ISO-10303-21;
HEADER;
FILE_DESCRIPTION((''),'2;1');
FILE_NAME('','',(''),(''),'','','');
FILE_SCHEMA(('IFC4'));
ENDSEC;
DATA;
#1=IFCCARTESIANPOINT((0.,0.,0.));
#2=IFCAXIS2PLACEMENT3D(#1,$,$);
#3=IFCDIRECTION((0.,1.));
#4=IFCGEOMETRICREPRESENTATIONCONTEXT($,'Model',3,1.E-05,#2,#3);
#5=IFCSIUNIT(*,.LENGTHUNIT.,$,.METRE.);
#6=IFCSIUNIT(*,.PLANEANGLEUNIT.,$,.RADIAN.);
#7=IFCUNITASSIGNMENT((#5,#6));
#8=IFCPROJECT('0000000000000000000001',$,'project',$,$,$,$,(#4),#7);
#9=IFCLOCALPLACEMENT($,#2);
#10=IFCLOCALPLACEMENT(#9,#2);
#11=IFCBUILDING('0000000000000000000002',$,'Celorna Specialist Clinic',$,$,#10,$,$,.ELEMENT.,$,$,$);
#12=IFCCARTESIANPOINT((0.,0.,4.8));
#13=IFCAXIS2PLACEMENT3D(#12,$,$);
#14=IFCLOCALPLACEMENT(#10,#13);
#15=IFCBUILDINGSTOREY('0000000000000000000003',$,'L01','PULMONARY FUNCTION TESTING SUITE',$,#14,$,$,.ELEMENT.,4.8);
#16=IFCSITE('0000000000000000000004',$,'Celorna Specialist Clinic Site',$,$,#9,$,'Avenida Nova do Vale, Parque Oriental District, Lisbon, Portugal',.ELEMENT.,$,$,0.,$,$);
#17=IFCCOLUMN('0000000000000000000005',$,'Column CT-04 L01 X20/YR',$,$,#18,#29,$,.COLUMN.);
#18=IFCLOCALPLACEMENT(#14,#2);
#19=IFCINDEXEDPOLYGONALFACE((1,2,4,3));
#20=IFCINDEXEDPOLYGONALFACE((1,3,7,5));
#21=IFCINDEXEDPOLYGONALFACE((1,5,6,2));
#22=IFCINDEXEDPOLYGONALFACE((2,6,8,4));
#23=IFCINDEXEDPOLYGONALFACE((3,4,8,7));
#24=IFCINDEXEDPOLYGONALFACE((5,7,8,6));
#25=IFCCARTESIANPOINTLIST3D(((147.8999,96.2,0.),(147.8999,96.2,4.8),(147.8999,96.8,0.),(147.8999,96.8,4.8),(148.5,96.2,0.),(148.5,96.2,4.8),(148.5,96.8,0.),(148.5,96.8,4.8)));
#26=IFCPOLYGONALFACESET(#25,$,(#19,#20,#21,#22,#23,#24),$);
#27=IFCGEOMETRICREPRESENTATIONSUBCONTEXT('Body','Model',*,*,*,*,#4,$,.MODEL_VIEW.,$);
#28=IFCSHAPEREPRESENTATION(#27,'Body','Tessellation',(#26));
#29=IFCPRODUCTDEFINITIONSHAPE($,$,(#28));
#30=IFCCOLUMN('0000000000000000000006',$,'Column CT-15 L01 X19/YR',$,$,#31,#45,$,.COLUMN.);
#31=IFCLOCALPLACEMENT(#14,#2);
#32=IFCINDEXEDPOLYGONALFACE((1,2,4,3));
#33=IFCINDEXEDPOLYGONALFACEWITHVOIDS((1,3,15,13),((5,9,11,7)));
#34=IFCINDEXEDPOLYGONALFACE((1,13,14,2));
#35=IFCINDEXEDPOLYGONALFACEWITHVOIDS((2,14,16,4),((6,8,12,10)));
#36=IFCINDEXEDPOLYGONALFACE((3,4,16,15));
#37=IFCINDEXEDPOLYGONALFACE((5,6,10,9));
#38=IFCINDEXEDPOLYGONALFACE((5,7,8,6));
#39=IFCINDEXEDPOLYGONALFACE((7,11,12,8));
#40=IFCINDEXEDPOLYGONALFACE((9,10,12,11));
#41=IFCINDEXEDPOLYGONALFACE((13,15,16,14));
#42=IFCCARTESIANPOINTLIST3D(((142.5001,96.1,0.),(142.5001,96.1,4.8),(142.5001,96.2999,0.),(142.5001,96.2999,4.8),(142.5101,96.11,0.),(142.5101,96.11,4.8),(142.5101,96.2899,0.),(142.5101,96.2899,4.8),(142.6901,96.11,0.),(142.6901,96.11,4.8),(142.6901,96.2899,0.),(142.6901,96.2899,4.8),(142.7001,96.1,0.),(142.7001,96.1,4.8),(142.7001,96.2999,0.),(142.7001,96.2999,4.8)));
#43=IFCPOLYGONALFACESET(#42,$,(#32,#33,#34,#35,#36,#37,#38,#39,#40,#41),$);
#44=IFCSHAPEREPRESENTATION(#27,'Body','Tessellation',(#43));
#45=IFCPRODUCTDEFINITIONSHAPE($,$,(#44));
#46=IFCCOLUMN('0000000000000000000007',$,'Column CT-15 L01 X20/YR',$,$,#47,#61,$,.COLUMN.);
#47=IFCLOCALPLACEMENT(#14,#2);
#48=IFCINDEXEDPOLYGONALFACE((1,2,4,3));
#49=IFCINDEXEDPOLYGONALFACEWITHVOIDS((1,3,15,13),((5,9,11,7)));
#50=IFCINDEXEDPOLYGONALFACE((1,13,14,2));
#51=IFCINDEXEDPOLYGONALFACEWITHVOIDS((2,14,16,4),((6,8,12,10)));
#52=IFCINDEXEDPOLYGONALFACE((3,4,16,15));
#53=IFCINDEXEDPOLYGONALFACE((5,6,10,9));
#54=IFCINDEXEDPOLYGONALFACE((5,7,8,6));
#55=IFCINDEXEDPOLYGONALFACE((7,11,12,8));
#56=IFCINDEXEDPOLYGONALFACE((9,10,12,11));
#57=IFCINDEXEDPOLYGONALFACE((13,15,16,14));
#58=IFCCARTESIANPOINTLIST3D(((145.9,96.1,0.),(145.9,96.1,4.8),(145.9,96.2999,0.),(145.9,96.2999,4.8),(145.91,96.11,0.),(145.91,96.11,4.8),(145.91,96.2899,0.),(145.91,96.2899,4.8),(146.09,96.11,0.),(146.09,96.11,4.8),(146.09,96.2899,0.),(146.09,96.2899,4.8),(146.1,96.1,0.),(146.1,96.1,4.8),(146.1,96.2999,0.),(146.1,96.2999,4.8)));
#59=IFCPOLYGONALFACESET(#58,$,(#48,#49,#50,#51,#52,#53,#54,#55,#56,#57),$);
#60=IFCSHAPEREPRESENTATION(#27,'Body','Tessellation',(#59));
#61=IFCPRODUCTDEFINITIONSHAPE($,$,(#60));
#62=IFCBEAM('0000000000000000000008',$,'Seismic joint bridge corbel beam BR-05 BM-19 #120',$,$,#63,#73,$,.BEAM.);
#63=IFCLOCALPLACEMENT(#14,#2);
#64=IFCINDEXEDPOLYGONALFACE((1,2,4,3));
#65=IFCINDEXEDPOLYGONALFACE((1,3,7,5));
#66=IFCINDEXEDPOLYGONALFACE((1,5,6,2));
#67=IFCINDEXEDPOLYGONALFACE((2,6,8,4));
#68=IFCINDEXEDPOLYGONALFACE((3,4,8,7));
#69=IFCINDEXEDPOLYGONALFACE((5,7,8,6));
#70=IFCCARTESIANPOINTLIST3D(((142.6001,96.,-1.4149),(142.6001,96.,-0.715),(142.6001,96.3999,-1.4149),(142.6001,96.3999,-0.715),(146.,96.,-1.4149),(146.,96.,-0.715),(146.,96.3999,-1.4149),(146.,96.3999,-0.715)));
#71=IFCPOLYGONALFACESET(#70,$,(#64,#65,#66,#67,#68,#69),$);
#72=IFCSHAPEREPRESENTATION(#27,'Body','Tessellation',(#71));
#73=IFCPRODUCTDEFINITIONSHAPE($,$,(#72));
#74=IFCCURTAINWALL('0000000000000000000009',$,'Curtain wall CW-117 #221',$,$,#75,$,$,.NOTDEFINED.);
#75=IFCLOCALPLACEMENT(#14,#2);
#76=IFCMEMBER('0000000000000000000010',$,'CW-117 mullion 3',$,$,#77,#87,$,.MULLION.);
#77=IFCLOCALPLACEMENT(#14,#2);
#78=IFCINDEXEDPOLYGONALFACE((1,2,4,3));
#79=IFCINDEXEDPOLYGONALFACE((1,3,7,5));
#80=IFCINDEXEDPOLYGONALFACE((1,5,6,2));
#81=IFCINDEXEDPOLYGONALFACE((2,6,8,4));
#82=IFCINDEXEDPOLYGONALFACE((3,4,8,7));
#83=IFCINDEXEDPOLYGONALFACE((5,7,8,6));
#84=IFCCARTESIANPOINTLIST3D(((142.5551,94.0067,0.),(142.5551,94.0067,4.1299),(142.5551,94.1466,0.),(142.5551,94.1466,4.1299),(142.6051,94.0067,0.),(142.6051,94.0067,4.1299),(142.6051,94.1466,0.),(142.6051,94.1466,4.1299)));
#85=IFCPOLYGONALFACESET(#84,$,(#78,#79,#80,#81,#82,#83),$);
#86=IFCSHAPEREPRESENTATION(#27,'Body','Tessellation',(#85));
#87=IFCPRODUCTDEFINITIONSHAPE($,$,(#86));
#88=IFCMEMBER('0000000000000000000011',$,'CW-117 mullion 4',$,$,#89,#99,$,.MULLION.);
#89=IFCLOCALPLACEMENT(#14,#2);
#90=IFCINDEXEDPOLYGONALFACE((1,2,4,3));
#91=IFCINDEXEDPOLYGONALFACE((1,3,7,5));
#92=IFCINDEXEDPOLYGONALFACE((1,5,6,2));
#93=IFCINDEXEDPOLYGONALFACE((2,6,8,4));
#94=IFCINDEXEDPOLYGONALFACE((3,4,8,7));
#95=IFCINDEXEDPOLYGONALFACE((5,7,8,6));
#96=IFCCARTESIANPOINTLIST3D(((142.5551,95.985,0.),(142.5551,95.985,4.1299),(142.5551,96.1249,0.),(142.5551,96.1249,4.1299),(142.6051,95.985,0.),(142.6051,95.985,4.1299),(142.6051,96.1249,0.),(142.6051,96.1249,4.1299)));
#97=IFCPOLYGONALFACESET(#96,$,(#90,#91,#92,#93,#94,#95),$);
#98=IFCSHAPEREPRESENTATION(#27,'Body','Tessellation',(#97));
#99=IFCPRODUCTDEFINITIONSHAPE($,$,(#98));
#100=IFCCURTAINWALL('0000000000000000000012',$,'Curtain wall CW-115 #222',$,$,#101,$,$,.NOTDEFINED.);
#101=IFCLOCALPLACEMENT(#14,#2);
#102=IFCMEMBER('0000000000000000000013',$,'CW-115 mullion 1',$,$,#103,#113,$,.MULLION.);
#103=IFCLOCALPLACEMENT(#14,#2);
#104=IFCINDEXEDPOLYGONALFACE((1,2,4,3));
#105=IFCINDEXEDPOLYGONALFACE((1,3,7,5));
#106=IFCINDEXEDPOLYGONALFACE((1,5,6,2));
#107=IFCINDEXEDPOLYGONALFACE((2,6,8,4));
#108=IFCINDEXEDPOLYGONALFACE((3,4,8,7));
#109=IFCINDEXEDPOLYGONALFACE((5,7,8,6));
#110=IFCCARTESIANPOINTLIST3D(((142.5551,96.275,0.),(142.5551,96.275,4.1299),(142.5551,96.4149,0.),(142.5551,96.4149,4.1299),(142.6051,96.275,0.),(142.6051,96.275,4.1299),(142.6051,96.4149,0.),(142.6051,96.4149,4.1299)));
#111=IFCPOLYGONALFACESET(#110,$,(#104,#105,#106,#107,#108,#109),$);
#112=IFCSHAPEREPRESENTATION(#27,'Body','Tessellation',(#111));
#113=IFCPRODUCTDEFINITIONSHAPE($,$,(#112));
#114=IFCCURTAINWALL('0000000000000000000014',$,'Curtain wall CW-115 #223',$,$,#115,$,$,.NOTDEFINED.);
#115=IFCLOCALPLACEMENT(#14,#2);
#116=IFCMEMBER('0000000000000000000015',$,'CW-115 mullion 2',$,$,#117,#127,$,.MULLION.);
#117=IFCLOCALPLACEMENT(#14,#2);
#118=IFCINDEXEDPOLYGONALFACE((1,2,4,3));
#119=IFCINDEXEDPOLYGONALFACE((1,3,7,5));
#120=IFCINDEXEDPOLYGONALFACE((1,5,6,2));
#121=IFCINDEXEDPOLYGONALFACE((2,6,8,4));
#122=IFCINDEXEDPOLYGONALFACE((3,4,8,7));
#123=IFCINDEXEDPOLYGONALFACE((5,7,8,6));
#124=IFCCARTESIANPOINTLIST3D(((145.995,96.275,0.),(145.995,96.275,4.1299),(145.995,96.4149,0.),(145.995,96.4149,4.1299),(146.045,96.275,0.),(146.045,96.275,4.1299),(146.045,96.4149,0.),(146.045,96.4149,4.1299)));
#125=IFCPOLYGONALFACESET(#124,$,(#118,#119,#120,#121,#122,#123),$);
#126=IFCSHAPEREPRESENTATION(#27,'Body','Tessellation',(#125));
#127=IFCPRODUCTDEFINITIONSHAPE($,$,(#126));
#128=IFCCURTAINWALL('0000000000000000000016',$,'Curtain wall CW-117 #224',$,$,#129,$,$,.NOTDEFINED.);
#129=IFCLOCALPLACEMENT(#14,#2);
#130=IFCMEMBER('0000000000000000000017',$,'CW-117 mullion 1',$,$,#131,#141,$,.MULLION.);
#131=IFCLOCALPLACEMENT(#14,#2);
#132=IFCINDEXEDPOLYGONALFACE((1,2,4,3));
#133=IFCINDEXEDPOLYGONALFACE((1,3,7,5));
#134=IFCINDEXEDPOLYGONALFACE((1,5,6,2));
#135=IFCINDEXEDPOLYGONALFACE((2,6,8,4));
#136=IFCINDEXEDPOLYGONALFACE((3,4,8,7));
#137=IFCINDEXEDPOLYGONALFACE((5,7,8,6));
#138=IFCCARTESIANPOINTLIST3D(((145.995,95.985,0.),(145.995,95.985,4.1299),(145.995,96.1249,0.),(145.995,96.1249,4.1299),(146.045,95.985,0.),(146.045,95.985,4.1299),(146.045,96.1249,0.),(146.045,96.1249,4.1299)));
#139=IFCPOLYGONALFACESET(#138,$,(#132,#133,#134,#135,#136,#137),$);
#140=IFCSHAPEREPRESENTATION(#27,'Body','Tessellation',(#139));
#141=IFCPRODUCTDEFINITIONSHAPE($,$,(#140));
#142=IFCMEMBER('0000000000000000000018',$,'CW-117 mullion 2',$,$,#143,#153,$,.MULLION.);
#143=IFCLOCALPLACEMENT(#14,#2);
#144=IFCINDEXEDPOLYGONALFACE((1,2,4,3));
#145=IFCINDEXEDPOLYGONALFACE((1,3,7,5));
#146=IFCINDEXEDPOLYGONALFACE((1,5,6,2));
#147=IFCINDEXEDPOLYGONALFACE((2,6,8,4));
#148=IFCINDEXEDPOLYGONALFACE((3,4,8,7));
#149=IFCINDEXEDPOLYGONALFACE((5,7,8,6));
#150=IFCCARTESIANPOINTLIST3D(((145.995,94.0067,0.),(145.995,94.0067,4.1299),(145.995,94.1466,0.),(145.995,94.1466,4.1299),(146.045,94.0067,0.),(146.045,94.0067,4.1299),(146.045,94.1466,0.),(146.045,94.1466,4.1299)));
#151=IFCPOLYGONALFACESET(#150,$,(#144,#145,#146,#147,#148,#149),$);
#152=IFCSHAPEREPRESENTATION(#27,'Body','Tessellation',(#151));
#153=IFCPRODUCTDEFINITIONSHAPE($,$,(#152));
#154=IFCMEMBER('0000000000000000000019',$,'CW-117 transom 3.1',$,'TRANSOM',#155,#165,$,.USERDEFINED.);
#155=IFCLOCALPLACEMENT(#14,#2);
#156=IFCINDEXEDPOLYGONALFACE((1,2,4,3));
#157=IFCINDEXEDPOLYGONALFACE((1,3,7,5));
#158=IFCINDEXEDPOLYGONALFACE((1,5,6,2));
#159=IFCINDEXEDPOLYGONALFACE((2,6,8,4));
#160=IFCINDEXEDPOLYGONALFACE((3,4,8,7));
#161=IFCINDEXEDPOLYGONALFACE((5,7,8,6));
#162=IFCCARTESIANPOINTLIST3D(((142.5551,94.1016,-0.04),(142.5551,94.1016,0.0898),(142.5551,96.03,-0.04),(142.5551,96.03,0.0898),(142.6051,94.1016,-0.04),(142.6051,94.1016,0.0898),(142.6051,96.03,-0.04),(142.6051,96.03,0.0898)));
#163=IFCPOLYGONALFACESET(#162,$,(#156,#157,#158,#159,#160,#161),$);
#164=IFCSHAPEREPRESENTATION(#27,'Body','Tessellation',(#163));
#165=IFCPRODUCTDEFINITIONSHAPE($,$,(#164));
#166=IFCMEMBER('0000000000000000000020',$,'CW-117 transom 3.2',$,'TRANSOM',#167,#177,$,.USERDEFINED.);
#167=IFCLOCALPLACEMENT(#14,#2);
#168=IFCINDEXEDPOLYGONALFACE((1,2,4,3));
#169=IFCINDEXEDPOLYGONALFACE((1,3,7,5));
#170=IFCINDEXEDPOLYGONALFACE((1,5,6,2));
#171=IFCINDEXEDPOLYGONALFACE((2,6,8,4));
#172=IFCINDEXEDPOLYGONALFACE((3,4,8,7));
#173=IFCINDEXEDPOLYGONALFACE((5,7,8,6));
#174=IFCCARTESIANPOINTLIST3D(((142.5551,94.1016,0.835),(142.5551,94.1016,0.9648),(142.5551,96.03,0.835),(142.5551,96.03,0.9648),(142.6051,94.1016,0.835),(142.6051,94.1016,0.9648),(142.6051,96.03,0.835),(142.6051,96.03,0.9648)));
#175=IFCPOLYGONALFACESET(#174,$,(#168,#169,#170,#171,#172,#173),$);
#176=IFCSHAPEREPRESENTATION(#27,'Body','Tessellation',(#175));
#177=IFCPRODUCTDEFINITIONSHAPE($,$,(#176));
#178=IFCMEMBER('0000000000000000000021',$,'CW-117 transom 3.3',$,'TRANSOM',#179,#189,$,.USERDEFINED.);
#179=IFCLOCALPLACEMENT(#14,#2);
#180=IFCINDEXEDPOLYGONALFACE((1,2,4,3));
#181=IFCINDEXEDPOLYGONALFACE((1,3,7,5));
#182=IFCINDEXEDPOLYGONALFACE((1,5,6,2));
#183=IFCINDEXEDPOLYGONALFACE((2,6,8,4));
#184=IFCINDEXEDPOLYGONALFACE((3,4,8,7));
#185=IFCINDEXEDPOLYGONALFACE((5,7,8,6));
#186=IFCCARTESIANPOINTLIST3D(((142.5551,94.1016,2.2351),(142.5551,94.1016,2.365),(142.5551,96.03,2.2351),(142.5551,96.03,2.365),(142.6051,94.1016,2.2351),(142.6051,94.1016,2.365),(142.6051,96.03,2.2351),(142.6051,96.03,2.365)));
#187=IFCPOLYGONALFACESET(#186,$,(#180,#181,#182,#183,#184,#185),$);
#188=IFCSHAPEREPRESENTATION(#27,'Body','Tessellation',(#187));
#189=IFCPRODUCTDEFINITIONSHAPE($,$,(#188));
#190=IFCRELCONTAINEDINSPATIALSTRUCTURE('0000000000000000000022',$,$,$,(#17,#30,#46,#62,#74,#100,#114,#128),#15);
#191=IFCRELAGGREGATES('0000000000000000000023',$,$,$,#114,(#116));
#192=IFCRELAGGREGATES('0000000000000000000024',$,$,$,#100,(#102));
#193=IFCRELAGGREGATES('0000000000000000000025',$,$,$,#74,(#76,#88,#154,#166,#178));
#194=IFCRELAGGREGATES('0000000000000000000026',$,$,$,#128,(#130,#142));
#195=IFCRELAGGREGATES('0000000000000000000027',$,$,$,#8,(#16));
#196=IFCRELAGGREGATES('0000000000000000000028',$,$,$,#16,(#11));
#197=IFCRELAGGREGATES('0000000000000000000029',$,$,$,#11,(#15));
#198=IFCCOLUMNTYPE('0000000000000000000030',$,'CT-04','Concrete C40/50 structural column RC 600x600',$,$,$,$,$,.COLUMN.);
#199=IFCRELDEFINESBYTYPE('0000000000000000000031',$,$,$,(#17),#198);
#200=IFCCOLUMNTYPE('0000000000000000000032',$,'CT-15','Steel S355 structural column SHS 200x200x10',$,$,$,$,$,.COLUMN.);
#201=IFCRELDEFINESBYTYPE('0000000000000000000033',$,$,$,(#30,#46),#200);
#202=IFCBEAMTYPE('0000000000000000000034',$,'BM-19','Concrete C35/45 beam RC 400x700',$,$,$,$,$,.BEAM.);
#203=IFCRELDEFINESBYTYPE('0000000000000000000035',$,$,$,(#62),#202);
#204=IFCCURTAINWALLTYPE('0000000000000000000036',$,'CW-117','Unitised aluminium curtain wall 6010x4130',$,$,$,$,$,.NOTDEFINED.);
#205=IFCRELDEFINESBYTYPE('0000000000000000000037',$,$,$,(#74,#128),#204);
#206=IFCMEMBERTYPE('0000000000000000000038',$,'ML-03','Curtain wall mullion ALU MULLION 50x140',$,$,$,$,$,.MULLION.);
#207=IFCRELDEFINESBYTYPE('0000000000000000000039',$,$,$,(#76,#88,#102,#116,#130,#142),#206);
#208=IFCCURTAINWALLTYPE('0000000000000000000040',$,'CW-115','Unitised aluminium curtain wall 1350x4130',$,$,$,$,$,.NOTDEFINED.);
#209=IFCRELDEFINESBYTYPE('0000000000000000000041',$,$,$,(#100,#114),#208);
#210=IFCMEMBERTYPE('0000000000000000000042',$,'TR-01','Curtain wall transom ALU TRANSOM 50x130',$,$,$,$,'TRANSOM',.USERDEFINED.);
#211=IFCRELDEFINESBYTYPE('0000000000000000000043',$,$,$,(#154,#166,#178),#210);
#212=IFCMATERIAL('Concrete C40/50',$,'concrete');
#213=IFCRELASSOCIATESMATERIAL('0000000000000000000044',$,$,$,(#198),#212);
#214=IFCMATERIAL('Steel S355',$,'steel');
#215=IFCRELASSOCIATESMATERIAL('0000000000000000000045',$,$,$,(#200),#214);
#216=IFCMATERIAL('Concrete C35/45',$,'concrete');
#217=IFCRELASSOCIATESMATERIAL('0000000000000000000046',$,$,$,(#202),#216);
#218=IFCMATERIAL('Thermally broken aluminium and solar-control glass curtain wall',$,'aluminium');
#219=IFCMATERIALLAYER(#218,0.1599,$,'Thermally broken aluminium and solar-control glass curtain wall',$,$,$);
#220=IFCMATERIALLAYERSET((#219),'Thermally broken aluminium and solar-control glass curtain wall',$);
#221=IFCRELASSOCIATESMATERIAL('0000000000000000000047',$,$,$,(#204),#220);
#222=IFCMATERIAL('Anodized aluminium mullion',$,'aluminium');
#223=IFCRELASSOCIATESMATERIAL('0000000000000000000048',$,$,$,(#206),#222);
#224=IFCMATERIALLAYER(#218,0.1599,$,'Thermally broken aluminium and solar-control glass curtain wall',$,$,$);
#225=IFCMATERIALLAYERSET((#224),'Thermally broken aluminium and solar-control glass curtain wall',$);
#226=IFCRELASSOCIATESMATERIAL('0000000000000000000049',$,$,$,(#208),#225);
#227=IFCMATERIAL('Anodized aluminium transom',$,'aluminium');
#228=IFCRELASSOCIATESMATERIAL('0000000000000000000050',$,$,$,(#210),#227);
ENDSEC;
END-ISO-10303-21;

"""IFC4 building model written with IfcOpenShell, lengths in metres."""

from ifc_helpers import new_model, si_unit, direction, frame, origin, origin_2d, place, context, subcontext, project, spatial, rectangle, hollow_rectangle, extrude, material, layer, layer_set, material_profile, profile_set, type_object, element, aggregate, save


model = new_model("IFC4")

# Units and contexts
model_context = context("Model", 3, precision=1e-05, world=origin(), true_north=direction((0.0, 1.0)))
body_context = subcontext(model_context, "Body", "Model", "MODEL_VIEW")
ifc_project = project(units=[si_unit("LENGTHUNIT", "METRE"), si_unit("PLANEANGLEUNIT", "RADIAN")], contexts=[model_context])

# Site, building, storey
site_placement = place(None, origin())
site = spatial("IfcSite", under=ifc_project, at=site_placement, Name="Celorna Specialist Clinic Site", LongName="Avenida Nova do Vale, Parque Oriental District, Lisbon, Portugal", CompositionType="ELEMENT", RefElevation=0.0)
building_placement = place(site_placement, origin())
building = spatial("IfcBuilding", under=site, at=building_placement, Name="Celorna Specialist Clinic", CompositionType="ELEMENT")
storey_placement = place(building_placement, frame((0.0, 0.0, 4.8)))
storey = spatial("IfcBuildingStorey", under=building, at=storey_placement, Name="L01", Description="PULMONARY FUNCTION TESTING SUITE", CompositionType="ELEMENT", Elevation=4.8)

# Columns
ifc_material_1 = material(Name="Concrete C40/50", Category="concrete")
ifc_material_profile_1 = material_profile(ifc_material_1, rectangle(XDim=0.6001, YDim=0.6001, at=origin_2d()), Name="RC 600x600")
ifc_profile_set_1 = profile_set([ifc_material_profile_1], Name="Concrete C40/50")
column_type_1 = type_object("IfcColumnType", Name="CT-04", Description="Concrete C40/50 structural column RC 600x600", PredefinedType="COLUMN", material=ifc_profile_set_1)
column_placement = place(storey_placement, frame((148.2, 96.5, 0.0), z_axis=(0.0, 0.0, 1.0), x_axis=(1.0, 0.0, 0.0)))
element("IfcColumn", 1, at=column_placement, inside=storey, type_object=column_type_1, Name="Column CT-04 L01 X20/YR", PredefinedType="COLUMN", context=body_context, shape_type="SweptSolid", body=[
    extrude(rectangle(XDim=0.6001, YDim=0.6001, at=origin_2d()), origin(), (0.0, 0.0, 1.0), 4.8),
])
ifc_material_2 = material(Name="Steel S355", Category="steel")
ifc_material_profile_2 = material_profile(ifc_material_2, hollow_rectangle(XDim=0.2, YDim=0.2, WallThickness=0.01, at=origin_2d()), Name="SHS 200x200x10")
ifc_profile_set_2 = profile_set([ifc_material_profile_2], Name="Steel S355")
column_type_2 = type_object("IfcColumnType", Name="CT-15", Description="Steel S355 structural column SHS 200x200x10", PredefinedType="COLUMN", material=ifc_profile_set_2)
for number, where, z_axis, x_axis, name in (
    (2, (142.6001, 96.2, 0.0), (0.0, 0.0, 1.0), (1.0, 0.0, 0.0), "Column CT-15 L01 X19/YR"),
    (3, (146.0, 96.2, 0.0), (0.0, 0.0, 1.0), (1.0, 0.0, 0.0), "Column CT-15 L01 X20/YR"),
):
    element("IfcColumn", number, at=place(storey_placement, frame(where, z_axis=z_axis, x_axis=x_axis)), inside=storey, type_object=column_type_2, Name=name, PredefinedType="COLUMN", context=body_context, shape_type="SweptSolid", body=[
        extrude(hollow_rectangle(XDim=0.2, YDim=0.2, WallThickness=0.01, at=origin_2d()), origin(), (0.0, 0.0, 1.0), 4.8),
    ])

# Beam
ifc_material_3 = material(Name="Concrete C35/45", Category="concrete")
ifc_material_profile_3 = material_profile(ifc_material_3, rectangle(XDim=0.3999, YDim=0.7, at=origin_2d()), Name="RC 400x700")
ifc_profile_set_3 = profile_set([ifc_material_profile_3], Name="Concrete C35/45")
beam_type = type_object("IfcBeamType", Name="BM-19", Description="Concrete C35/45 beam RC 400x700", PredefinedType="BEAM", material=ifc_profile_set_3)
beam_placement = place(storey_placement, frame((142.6001, 96.2, -1.0649), z_axis=(1.0, 0.0, 0.0), x_axis=(0.0, 1.0, 0.0)))
element("IfcBeam", 4, at=beam_placement, inside=storey, type_object=beam_type, Name="Seismic joint bridge corbel beam BR-05 BM-19 #120", PredefinedType="BEAM", context=body_context, shape_type="SweptSolid", body=[
    extrude(rectangle(XDim=0.3999, YDim=0.7, at=origin_2d()), origin(), (0.0, 0.0, 1.0), 3.3999),
])

# Curtain wall, members
ifc_material_4 = material(Name="Thermally broken aluminium and solar-control glass curtain wall", Category="aluminium")
ifc_layer_1 = layer(ifc_material_4, 0.1599, Name="Thermally broken aluminium and solar-control glass curtain wall")
ifc_layer_set_1 = layer_set([ifc_layer_1], Name="Thermally broken aluminium and solar-control glass curtain wall")
curtain_wall_type_1 = type_object("IfcCurtainWallType", Name="CW-117", Description="Unitised aluminium curtain wall 6010x4130", PredefinedType="NOTDEFINED", material=ifc_layer_set_1)
curtain_wall_1_placement = place(storey_placement, origin())
curtain_wall_1 = element("IfcCurtainWall", 5, at=curtain_wall_1_placement, inside=storey, type_object=curtain_wall_type_1, Name="Curtain wall CW-117 #221", PredefinedType="NOTDEFINED")
ifc_material_5 = material(Name="Anodized aluminium mullion", Category="aluminium")
ifc_material_profile_4 = material_profile(ifc_material_5, rectangle(XDim=0.05, YDim=0.1399, at=origin_2d()), Name="ALU MULLION 50x140")
ifc_profile_set_4 = profile_set([ifc_material_profile_4], Name="Anodized aluminium mullion")
member_type_1 = type_object("IfcMemberType", Name="ML-03", Description="Curtain wall mullion ALU MULLION 50x140", PredefinedType="MULLION", material=ifc_profile_set_4)
member_1_placement = place(storey_placement, frame((142.5801, 94.0767, 0.0), z_axis=(0.0, 0.0, 1.0), x_axis=(-1.0, 0.0, 0.0)))
member_1 = element("IfcMember", 6, at=member_1_placement, type_object=member_type_1, Name="CW-117 mullion 3", PredefinedType="MULLION", context=body_context, shape_type="SweptSolid", body=[
    extrude(rectangle(XDim=0.05, YDim=0.1399, at=origin_2d()), origin(), (0.0, 0.0, 1.0), 4.1299),
])
member_2_placement = place(storey_placement, frame((142.5801, 96.0549, 0.0), z_axis=(0.0, 0.0, 1.0), x_axis=(-1.0, 0.0, 0.0)))
member_2 = element("IfcMember", 7, at=member_2_placement, type_object=member_type_1, Name="CW-117 mullion 4", PredefinedType="MULLION", context=body_context, shape_type="SweptSolid", body=[
    extrude(rectangle(XDim=0.05, YDim=0.1399, at=origin_2d()), origin(), (0.0, 0.0, 1.0), 4.1299),
])

# Curtain walls, members
ifc_layer_2 = layer(ifc_material_4, 0.1599, Name="Thermally broken aluminium and solar-control glass curtain wall")
ifc_layer_set_2 = layer_set([ifc_layer_2], Name="Thermally broken aluminium and solar-control glass curtain wall")
curtain_wall_type_2 = type_object("IfcCurtainWallType", Name="CW-115", Description="Unitised aluminium curtain wall 1350x4130", PredefinedType="NOTDEFINED", material=ifc_layer_set_2)
curtain_wall_2_placement = place(storey_placement, origin())
curtain_wall_2 = element("IfcCurtainWall", 8, at=curtain_wall_2_placement, inside=storey, type_object=curtain_wall_type_2, Name="Curtain wall CW-115 #222", PredefinedType="NOTDEFINED")
member_3_placement = place(storey_placement, frame((142.5801, 96.345, 0.0), z_axis=(0.0, 0.0, 1.0), x_axis=(-1.0, 0.0, 0.0)))
member_3 = element("IfcMember", 9, at=member_3_placement, type_object=member_type_1, Name="CW-115 mullion 1", PredefinedType="MULLION", context=body_context, shape_type="SweptSolid", body=[
    extrude(rectangle(XDim=0.05, YDim=0.1399, at=origin_2d()), origin(), (0.0, 0.0, 1.0), 4.1299),
])
curtain_wall_3_placement = place(storey_placement, origin())
curtain_wall_3 = element("IfcCurtainWall", 10, at=curtain_wall_3_placement, inside=storey, type_object=curtain_wall_type_2, Name="Curtain wall CW-115 #223", PredefinedType="NOTDEFINED")
member_4_placement = place(storey_placement, frame((146.02, 96.345, 0.0), z_axis=(0.0, 0.0, 1.0), x_axis=(1.0, 0.0, 0.0)))
member_4 = element("IfcMember", 11, at=member_4_placement, type_object=member_type_1, Name="CW-115 mullion 2", PredefinedType="MULLION", context=body_context, shape_type="SweptSolid", body=[
    extrude(rectangle(XDim=0.05, YDim=0.1399, at=origin_2d()), origin(), (0.0, 0.0, 1.0), 4.1299),
])
aggregate(curtain_wall_3, [member_4])

# Curtain wall, members
curtain_wall_4_placement = place(storey_placement, origin())
curtain_wall_4 = element("IfcCurtainWall", 12, at=curtain_wall_4_placement, inside=storey, type_object=curtain_wall_type_1, Name="Curtain wall CW-117 #224", PredefinedType="NOTDEFINED")
member_5_placement = place(storey_placement, frame((146.02, 96.0549, 0.0), z_axis=(0.0, 0.0, 1.0), x_axis=(1.0, 0.0, 0.0)))
member_5 = element("IfcMember", 13, at=member_5_placement, type_object=member_type_1, Name="CW-117 mullion 1", PredefinedType="MULLION", context=body_context, shape_type="SweptSolid", body=[
    extrude(rectangle(XDim=0.05, YDim=0.1399, at=origin_2d()), origin(), (0.0, 0.0, 1.0), 4.1299),
])
member_6_placement = place(storey_placement, frame((146.02, 94.0767, 0.0), z_axis=(0.0, 0.0, 1.0), x_axis=(1.0, 0.0, 0.0)))
member_6 = element("IfcMember", 14, at=member_6_placement, type_object=member_type_1, Name="CW-117 mullion 2", PredefinedType="MULLION", context=body_context, shape_type="SweptSolid", body=[
    extrude(rectangle(XDim=0.05, YDim=0.1399, at=origin_2d()), origin(), (0.0, 0.0, 1.0), 4.1299),
])

# Members
ifc_material_6 = material(Name="Anodized aluminium transom", Category="aluminium")
ifc_material_profile_5 = material_profile(ifc_material_6, rectangle(XDim=0.05, YDim=0.1299, at=origin_2d()), Name="ALU TRANSOM 50x130")
ifc_profile_set_5 = profile_set([ifc_material_profile_5], Name="Anodized aluminium transom")
member_type_2 = type_object("IfcMemberType", Name="TR-01", Description="Curtain wall transom ALU TRANSOM 50x130", ElementType="TRANSOM", PredefinedType="USERDEFINED", material=ifc_profile_set_5)
member_7_placement = place(storey_placement, frame((142.5801, 94.1016, 0.0249), z_axis=(0.0, 1.0, 0.0), x_axis=(-1.0, 0.0, 0.0)))
member_7 = element("IfcMember", 15, at=member_7_placement, type_object=member_type_2, Name="CW-117 transom 3.1", ObjectType="TRANSOM", PredefinedType="USERDEFINED", context=body_context, shape_type="SweptSolid", body=[
    extrude(rectangle(XDim=0.05, YDim=0.1299, at=origin_2d()), origin(), (0.0, 0.0, 1.0), 1.9285),
])
member_8_placement = place(storey_placement, frame((142.5801, 94.1016, 0.8999), z_axis=(0.0, 1.0, 0.0), x_axis=(-1.0, 0.0, 0.0)))
member_8 = element("IfcMember", 16, at=member_8_placement, type_object=member_type_2, Name="CW-117 transom 3.2", ObjectType="TRANSOM", PredefinedType="USERDEFINED", context=body_context, shape_type="SweptSolid", body=[
    extrude(rectangle(XDim=0.05, YDim=0.1299, at=origin_2d()), origin(), (0.0, 0.0, 1.0), 1.9285),
])
member_9_placement = place(storey_placement, frame((142.5801, 94.1016, 2.3), z_axis=(0.0, 1.0, 0.0), x_axis=(-1.0, 0.0, 0.0)))
member_9 = element("IfcMember", 17, at=member_9_placement, type_object=member_type_2, Name="CW-117 transom 3.3", ObjectType="TRANSOM", PredefinedType="USERDEFINED", context=body_context, shape_type="SweptSolid", body=[
    extrude(rectangle(XDim=0.05, YDim=0.1299, at=origin_2d()), origin(), (0.0, 0.0, 1.0), 1.9285),
])
aggregate(curtain_wall_2, [member_3])

aggregate(curtain_wall_1, [member_1, member_2, member_7, member_8, member_9])
aggregate(curtain_wall_4, [member_5, member_6])

save(model, "model.ifc")
